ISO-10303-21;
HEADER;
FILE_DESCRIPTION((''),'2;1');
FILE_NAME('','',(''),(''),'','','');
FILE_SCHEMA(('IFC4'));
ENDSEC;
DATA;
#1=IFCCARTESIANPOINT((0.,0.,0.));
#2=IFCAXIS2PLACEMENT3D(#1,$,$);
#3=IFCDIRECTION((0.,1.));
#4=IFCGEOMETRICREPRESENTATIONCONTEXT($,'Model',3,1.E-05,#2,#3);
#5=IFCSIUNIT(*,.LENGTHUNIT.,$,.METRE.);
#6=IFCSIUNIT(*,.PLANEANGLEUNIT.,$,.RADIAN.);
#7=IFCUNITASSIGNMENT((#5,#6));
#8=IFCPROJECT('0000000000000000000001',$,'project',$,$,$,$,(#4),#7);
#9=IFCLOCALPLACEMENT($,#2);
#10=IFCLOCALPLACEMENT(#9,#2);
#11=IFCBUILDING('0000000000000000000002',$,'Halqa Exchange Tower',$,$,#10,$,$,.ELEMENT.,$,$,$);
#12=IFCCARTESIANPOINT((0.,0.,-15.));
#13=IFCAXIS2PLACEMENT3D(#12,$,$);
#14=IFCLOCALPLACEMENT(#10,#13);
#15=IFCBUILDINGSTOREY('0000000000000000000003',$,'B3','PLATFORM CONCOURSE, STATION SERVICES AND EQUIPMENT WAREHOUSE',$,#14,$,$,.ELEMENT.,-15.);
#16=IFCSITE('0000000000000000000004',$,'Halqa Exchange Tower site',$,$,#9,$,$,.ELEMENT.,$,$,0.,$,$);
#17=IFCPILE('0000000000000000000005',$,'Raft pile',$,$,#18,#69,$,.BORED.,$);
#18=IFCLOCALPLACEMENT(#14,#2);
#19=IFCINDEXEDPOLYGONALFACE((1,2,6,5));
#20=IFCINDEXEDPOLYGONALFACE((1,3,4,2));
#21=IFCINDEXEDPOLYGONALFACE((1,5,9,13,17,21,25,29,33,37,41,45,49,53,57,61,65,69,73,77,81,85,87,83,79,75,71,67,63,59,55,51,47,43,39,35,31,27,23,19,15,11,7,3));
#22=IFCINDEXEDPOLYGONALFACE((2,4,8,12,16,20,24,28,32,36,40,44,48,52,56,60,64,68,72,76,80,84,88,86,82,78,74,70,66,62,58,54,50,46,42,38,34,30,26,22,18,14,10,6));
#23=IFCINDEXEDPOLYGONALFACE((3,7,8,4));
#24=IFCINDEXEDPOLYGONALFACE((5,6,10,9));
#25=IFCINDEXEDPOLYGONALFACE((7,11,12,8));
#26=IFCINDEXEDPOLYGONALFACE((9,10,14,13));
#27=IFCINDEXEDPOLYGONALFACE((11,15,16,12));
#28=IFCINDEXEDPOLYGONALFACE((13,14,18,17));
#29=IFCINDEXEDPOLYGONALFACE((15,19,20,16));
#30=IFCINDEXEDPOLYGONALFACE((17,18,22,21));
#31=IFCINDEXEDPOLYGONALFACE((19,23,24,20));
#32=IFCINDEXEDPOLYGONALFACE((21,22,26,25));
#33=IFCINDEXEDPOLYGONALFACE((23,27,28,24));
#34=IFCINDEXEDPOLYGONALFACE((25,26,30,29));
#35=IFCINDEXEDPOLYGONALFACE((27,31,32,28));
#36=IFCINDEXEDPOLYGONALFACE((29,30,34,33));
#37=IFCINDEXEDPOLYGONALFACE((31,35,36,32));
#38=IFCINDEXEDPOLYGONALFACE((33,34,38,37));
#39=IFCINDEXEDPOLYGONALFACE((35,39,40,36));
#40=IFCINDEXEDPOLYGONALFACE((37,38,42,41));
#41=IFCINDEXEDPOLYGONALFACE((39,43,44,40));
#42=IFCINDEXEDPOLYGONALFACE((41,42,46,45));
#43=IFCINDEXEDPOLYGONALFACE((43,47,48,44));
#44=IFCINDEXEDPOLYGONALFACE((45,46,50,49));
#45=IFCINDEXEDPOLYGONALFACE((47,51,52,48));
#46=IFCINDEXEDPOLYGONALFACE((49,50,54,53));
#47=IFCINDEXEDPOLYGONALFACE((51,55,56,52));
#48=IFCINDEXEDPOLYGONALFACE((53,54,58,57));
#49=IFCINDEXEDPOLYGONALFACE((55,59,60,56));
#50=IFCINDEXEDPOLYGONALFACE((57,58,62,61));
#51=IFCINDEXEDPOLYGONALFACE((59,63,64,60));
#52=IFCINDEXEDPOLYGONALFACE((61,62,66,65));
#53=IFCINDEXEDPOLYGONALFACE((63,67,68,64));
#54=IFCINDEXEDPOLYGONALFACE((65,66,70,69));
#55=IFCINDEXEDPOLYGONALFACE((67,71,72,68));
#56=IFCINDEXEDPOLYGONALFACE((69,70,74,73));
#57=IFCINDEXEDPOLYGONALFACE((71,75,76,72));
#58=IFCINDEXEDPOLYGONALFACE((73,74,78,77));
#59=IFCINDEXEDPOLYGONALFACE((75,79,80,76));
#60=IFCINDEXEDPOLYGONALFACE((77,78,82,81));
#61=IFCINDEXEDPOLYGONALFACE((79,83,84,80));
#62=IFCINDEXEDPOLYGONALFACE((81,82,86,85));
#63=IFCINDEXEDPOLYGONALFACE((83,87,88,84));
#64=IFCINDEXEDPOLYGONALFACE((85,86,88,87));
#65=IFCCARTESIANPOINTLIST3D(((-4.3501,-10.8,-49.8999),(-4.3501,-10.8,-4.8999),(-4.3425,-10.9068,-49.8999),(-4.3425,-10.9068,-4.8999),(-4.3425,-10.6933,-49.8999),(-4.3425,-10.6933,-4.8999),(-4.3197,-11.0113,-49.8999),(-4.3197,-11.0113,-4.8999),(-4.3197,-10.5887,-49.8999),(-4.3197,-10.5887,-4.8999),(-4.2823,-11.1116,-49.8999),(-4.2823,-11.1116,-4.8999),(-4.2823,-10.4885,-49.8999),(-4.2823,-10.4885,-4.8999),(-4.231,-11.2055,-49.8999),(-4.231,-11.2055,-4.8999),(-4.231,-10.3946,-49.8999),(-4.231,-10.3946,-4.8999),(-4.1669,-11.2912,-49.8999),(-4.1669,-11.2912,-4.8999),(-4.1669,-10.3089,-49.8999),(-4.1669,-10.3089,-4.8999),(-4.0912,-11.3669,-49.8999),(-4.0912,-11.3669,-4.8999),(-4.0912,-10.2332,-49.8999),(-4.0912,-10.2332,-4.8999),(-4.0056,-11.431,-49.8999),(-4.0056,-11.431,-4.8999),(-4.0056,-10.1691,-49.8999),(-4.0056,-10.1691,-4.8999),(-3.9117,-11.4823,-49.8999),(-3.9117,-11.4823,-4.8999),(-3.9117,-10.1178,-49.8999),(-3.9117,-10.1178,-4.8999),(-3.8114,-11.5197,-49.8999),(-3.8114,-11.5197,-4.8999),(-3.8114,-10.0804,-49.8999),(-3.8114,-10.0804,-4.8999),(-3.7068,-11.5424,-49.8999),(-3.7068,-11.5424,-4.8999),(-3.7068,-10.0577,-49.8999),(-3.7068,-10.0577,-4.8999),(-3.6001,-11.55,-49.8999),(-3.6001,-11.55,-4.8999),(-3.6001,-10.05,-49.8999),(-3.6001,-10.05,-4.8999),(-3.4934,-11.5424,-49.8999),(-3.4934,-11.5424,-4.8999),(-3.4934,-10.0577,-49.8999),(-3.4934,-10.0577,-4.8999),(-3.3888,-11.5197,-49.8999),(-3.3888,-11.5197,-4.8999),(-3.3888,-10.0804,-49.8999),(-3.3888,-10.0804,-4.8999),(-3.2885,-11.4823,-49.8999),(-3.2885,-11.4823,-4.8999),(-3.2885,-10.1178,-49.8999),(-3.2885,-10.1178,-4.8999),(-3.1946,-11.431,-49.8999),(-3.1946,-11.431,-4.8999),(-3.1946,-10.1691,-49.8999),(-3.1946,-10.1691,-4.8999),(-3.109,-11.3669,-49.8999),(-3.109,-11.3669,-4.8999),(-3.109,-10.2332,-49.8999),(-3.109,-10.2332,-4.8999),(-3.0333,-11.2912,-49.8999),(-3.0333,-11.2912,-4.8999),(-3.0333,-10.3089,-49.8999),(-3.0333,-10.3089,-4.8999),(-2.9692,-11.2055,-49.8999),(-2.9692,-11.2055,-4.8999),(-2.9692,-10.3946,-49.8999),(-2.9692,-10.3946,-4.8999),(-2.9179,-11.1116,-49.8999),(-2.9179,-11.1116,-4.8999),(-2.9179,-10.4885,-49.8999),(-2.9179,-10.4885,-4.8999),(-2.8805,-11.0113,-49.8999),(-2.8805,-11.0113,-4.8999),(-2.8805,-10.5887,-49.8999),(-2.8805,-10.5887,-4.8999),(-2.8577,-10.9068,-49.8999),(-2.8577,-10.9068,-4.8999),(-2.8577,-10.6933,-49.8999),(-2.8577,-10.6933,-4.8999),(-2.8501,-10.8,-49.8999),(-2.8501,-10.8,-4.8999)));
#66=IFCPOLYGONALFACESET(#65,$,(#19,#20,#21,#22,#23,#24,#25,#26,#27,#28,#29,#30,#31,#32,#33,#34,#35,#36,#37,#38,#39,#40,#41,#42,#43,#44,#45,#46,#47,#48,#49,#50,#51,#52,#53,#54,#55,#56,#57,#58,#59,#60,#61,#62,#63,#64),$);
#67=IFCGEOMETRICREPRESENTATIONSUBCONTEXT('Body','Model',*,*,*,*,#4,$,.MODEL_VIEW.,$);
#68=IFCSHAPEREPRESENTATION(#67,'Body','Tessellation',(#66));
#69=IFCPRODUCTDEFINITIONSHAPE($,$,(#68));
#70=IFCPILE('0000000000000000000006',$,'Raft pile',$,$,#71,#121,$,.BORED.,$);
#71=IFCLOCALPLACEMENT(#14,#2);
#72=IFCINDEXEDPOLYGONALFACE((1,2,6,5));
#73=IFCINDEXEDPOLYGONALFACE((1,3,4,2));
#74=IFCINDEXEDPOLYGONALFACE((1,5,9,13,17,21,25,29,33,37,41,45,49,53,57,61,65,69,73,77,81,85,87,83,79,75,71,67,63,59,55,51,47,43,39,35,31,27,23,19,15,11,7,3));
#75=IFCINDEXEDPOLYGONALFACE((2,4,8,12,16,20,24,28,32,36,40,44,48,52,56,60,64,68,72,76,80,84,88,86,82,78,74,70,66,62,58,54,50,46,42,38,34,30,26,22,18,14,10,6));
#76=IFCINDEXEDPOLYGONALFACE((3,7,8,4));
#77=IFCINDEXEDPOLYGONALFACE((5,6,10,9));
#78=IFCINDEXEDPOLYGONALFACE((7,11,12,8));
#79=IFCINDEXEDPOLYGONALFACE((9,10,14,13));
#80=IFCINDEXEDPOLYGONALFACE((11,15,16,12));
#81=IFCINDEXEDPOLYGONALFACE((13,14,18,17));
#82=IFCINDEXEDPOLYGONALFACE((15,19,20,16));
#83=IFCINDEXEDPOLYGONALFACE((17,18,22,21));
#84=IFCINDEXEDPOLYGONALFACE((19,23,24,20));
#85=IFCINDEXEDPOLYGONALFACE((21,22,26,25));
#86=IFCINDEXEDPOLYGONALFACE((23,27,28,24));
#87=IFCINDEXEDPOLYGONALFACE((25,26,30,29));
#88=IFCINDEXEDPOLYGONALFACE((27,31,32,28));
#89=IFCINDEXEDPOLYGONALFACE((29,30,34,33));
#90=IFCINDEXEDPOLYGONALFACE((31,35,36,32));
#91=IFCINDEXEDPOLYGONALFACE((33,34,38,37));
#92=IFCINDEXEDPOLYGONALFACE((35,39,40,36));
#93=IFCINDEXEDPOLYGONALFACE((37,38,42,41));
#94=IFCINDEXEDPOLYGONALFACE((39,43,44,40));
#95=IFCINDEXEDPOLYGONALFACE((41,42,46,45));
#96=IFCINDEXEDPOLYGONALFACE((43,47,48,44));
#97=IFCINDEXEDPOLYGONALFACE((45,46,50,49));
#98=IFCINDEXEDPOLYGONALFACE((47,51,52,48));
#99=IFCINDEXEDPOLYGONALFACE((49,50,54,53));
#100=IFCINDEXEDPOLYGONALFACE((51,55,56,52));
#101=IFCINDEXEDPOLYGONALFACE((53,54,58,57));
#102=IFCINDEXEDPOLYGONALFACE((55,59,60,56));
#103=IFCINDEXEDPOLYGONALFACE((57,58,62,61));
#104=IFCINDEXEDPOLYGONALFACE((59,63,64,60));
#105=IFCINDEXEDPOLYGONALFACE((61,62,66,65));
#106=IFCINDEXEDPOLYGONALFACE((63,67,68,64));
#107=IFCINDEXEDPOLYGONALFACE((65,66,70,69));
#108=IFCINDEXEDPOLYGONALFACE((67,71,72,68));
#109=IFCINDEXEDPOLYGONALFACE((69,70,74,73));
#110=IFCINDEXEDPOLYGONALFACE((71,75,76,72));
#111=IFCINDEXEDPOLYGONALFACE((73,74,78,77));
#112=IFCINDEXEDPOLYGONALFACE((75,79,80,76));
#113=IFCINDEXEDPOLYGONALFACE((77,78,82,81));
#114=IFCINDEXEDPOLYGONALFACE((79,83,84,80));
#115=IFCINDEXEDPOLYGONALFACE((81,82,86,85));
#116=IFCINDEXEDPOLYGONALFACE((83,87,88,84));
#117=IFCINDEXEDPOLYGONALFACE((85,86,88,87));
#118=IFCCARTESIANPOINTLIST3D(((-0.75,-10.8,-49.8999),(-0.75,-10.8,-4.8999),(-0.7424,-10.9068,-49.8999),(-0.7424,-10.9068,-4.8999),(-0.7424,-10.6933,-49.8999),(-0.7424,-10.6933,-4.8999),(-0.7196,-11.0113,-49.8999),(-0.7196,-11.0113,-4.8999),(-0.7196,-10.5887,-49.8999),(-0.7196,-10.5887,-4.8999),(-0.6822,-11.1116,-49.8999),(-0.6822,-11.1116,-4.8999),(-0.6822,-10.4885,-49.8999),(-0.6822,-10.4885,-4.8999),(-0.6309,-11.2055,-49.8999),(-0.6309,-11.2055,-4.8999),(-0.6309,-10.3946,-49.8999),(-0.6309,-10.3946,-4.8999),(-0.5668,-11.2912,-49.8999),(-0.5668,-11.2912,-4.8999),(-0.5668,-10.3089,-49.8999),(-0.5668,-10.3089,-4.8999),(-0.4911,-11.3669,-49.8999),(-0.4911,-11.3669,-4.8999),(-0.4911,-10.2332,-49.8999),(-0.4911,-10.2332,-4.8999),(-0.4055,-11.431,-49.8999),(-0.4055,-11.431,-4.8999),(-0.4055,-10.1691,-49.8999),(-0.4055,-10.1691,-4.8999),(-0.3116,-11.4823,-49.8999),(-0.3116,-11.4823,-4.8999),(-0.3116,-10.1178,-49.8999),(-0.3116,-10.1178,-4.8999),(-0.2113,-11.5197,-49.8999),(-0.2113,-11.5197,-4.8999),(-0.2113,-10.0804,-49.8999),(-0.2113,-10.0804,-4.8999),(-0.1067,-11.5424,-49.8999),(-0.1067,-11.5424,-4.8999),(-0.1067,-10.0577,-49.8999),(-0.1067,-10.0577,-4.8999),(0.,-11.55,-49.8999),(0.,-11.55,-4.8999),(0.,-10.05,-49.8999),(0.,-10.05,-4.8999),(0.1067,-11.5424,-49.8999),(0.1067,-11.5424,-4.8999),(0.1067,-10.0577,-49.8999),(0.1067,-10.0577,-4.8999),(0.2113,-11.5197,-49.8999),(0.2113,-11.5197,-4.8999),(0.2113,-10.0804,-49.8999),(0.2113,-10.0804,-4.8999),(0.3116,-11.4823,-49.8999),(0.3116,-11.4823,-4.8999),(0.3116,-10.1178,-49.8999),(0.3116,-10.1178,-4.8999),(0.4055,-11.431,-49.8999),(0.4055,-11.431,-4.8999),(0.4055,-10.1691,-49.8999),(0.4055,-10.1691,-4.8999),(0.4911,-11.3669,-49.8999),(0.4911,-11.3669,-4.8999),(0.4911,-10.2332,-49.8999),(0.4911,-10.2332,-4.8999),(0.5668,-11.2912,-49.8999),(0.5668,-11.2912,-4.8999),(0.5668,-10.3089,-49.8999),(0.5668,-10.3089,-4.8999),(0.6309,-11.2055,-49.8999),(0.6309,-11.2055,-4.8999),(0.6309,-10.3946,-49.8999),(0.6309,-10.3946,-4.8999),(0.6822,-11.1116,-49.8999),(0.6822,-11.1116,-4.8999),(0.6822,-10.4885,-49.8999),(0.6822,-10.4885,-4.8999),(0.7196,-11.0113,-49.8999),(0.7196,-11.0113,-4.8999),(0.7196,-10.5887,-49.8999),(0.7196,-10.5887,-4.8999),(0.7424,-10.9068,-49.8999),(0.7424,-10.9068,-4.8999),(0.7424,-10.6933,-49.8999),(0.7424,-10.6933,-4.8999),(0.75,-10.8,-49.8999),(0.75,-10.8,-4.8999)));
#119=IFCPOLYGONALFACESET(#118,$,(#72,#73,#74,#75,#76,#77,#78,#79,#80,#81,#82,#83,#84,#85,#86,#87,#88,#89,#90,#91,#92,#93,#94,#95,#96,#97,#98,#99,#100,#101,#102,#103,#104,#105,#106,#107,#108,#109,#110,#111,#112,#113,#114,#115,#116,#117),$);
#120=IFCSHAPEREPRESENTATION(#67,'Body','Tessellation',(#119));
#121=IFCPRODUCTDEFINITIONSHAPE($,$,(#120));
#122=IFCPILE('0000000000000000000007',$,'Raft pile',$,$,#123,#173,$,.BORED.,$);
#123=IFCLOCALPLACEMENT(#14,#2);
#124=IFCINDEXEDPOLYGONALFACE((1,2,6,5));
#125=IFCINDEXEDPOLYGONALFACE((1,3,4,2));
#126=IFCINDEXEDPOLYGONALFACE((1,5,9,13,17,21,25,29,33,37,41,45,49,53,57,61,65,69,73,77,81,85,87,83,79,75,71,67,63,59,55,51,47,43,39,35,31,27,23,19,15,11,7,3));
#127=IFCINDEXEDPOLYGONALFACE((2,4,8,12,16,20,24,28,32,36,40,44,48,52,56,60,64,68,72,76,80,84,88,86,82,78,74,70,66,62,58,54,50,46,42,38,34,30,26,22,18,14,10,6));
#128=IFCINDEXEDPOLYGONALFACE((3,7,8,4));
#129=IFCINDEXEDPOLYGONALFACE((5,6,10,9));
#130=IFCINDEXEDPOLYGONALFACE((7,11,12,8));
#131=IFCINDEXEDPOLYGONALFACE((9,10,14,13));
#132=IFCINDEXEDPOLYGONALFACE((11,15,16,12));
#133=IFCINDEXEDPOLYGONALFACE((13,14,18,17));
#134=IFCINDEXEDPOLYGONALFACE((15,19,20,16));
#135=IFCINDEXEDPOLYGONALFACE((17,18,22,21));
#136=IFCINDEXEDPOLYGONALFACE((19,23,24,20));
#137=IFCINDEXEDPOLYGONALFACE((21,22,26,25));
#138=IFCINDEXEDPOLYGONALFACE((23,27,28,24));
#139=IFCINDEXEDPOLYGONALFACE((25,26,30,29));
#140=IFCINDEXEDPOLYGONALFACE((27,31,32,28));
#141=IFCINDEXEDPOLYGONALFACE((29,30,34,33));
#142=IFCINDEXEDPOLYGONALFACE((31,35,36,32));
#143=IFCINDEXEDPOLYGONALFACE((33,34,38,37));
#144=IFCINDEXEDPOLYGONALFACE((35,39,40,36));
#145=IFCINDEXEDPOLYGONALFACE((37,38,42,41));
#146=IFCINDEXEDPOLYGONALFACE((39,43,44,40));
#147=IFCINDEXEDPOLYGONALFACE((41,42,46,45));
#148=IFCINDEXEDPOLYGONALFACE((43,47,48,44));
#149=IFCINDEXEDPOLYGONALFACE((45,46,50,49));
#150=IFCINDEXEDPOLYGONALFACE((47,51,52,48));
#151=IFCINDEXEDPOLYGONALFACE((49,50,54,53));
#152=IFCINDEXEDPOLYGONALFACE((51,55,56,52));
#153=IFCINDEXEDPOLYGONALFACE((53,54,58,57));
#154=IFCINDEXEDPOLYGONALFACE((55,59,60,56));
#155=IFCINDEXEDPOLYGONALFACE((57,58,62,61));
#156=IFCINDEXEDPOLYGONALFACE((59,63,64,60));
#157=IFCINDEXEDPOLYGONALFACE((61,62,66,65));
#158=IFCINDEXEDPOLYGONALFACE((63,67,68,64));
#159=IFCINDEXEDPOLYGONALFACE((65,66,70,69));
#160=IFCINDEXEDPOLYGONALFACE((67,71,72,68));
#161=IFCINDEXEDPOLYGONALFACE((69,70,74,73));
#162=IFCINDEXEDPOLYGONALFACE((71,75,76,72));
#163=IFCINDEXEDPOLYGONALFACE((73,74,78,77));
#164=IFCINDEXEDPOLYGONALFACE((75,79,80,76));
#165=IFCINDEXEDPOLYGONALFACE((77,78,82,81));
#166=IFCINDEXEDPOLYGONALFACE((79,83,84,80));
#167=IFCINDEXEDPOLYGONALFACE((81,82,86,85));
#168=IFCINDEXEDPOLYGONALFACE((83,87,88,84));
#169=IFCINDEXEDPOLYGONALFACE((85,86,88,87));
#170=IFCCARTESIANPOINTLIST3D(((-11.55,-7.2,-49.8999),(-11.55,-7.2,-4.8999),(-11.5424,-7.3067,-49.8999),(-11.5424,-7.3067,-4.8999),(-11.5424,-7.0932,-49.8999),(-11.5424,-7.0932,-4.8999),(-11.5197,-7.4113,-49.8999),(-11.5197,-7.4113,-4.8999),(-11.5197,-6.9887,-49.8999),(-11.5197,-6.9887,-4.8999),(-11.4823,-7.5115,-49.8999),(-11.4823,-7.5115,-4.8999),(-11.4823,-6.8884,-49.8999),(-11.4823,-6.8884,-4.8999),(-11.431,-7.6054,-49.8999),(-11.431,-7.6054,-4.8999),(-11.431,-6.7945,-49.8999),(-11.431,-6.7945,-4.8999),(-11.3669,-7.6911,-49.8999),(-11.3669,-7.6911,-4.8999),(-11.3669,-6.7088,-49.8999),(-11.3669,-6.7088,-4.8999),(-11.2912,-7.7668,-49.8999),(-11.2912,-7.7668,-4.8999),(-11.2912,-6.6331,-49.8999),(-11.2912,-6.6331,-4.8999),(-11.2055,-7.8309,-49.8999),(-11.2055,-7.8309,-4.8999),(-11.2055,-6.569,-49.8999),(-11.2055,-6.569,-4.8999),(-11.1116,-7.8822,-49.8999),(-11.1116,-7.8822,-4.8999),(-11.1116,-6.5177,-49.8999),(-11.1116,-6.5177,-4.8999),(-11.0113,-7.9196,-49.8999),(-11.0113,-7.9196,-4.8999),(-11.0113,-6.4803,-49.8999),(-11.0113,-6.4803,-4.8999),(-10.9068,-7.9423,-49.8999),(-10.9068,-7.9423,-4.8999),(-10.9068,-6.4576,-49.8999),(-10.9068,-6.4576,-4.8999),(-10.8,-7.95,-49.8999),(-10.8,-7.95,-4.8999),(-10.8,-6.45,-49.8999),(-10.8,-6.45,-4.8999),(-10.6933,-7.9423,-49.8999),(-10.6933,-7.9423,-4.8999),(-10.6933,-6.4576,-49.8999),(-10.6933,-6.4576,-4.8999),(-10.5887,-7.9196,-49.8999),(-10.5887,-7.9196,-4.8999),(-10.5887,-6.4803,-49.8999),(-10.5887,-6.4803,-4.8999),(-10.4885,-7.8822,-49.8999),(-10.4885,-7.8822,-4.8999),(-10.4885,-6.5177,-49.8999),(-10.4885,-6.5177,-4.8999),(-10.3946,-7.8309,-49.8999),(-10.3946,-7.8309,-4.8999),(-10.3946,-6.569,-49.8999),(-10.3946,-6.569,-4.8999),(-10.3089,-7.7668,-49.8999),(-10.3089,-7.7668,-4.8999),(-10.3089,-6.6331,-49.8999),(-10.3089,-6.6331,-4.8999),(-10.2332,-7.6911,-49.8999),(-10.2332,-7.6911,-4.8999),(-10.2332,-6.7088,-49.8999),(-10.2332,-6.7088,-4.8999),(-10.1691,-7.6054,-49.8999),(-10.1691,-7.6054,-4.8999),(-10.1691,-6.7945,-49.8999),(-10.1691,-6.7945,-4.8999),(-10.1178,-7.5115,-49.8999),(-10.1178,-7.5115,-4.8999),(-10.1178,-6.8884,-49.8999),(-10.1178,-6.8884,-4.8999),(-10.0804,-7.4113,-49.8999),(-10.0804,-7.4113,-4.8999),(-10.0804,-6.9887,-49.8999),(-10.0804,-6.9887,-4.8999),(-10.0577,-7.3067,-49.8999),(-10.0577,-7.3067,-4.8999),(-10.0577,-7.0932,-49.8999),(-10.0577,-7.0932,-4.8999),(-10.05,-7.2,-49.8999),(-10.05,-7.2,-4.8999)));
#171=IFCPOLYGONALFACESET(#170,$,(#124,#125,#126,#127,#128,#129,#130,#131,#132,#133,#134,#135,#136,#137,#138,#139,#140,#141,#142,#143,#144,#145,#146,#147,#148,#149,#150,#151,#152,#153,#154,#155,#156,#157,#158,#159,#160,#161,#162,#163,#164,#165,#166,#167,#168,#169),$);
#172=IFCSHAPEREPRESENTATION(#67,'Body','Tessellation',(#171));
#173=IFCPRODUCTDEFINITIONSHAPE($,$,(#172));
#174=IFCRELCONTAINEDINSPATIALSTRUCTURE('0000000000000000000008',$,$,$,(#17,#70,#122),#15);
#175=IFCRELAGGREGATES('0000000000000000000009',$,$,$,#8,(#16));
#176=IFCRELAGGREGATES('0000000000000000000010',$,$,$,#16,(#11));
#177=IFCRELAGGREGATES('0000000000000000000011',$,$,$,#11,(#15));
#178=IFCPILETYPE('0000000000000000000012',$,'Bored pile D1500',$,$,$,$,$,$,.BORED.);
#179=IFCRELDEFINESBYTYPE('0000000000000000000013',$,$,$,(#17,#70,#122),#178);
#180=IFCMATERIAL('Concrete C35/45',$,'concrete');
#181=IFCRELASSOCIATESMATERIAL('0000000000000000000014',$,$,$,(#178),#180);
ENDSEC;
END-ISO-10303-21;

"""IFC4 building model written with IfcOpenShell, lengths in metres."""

from ifc_helpers import new_model, si_unit, direction, frame, origin, origin_2d, place, context, subcontext, project, spatial, circle, extrude, material, material_profile, profile_set, type_object, element, save


model = new_model("IFC4")

# Units and contexts
model_context = context("Model", 3, precision=1e-05, world=origin(), true_north=direction((0.0, 1.0)))
body_context = subcontext(model_context, "Body", "Model", "MODEL_VIEW")
ifc_project = project(units=[si_unit("LENGTHUNIT", "METRE"), si_unit("PLANEANGLEUNIT", "RADIAN")], contexts=[model_context])

# Site, building, storey
site_placement = place(None, origin())
site = spatial("IfcSite", under=ifc_project, at=site_placement, Name="Halqa Exchange Tower site", CompositionType="ELEMENT", RefElevation=0.0)
building_placement = place(site_placement, origin())
building = spatial("IfcBuilding", under=site, at=building_placement, Name="Halqa Exchange Tower", CompositionType="ELEMENT")
storey_placement = place(building_placement, frame((0.0, 0.0, -15.0)))
storey = spatial("IfcBuildingStorey", under=building, at=storey_placement, Name="B3", Description="PLATFORM CONCOURSE, STATION SERVICES AND EQUIPMENT WAREHOUSE", CompositionType="ELEMENT", Elevation=-15.0)

# Piles
ifc_material_1 = material(Name="Concrete C35/45", Category="concrete")
ifc_material_profile_1 = material_profile(ifc_material_1, circle(Radius=0.75, at=origin_2d()), Name="D1500")
ifc_profile_set_1 = profile_set([ifc_material_profile_1], Name="Concrete C35/45")
pile_type_1 = type_object("IfcPileType", Name="Bored pile D1500", PredefinedType="BORED", material=ifc_profile_set_1)
for number, where, z_axis, x_axis, name in (
    (1, (-3.6001, -10.8, -4.8999), (0.0, 0.0, -1.0), (1.0, 0.0, 0.0), "Raft pile"),
    (2, (0.0, -10.8, -4.8999), (0.0, 0.0, -1.0), (1.0, 0.0, 0.0), "Raft pile"),
    (3, (-10.8, -7.2, -4.8999), (0.0, 0.0, -1.0), (1.0, 0.0, 0.0), "Raft pile"),
):
    element("IfcPile", number, at=place(storey_placement, frame(where, z_axis=z_axis, x_axis=x_axis)), inside=storey, type_object=pile_type_1, Name=name, PredefinedType="BORED", context=body_context, shape_type="SweptSolid", body=[
        extrude(circle(Radius=0.75, at=origin_2d()), origin(), (0.0, 0.0, 1.0), 45.0),
    ])

save(model, "model.ifc")
